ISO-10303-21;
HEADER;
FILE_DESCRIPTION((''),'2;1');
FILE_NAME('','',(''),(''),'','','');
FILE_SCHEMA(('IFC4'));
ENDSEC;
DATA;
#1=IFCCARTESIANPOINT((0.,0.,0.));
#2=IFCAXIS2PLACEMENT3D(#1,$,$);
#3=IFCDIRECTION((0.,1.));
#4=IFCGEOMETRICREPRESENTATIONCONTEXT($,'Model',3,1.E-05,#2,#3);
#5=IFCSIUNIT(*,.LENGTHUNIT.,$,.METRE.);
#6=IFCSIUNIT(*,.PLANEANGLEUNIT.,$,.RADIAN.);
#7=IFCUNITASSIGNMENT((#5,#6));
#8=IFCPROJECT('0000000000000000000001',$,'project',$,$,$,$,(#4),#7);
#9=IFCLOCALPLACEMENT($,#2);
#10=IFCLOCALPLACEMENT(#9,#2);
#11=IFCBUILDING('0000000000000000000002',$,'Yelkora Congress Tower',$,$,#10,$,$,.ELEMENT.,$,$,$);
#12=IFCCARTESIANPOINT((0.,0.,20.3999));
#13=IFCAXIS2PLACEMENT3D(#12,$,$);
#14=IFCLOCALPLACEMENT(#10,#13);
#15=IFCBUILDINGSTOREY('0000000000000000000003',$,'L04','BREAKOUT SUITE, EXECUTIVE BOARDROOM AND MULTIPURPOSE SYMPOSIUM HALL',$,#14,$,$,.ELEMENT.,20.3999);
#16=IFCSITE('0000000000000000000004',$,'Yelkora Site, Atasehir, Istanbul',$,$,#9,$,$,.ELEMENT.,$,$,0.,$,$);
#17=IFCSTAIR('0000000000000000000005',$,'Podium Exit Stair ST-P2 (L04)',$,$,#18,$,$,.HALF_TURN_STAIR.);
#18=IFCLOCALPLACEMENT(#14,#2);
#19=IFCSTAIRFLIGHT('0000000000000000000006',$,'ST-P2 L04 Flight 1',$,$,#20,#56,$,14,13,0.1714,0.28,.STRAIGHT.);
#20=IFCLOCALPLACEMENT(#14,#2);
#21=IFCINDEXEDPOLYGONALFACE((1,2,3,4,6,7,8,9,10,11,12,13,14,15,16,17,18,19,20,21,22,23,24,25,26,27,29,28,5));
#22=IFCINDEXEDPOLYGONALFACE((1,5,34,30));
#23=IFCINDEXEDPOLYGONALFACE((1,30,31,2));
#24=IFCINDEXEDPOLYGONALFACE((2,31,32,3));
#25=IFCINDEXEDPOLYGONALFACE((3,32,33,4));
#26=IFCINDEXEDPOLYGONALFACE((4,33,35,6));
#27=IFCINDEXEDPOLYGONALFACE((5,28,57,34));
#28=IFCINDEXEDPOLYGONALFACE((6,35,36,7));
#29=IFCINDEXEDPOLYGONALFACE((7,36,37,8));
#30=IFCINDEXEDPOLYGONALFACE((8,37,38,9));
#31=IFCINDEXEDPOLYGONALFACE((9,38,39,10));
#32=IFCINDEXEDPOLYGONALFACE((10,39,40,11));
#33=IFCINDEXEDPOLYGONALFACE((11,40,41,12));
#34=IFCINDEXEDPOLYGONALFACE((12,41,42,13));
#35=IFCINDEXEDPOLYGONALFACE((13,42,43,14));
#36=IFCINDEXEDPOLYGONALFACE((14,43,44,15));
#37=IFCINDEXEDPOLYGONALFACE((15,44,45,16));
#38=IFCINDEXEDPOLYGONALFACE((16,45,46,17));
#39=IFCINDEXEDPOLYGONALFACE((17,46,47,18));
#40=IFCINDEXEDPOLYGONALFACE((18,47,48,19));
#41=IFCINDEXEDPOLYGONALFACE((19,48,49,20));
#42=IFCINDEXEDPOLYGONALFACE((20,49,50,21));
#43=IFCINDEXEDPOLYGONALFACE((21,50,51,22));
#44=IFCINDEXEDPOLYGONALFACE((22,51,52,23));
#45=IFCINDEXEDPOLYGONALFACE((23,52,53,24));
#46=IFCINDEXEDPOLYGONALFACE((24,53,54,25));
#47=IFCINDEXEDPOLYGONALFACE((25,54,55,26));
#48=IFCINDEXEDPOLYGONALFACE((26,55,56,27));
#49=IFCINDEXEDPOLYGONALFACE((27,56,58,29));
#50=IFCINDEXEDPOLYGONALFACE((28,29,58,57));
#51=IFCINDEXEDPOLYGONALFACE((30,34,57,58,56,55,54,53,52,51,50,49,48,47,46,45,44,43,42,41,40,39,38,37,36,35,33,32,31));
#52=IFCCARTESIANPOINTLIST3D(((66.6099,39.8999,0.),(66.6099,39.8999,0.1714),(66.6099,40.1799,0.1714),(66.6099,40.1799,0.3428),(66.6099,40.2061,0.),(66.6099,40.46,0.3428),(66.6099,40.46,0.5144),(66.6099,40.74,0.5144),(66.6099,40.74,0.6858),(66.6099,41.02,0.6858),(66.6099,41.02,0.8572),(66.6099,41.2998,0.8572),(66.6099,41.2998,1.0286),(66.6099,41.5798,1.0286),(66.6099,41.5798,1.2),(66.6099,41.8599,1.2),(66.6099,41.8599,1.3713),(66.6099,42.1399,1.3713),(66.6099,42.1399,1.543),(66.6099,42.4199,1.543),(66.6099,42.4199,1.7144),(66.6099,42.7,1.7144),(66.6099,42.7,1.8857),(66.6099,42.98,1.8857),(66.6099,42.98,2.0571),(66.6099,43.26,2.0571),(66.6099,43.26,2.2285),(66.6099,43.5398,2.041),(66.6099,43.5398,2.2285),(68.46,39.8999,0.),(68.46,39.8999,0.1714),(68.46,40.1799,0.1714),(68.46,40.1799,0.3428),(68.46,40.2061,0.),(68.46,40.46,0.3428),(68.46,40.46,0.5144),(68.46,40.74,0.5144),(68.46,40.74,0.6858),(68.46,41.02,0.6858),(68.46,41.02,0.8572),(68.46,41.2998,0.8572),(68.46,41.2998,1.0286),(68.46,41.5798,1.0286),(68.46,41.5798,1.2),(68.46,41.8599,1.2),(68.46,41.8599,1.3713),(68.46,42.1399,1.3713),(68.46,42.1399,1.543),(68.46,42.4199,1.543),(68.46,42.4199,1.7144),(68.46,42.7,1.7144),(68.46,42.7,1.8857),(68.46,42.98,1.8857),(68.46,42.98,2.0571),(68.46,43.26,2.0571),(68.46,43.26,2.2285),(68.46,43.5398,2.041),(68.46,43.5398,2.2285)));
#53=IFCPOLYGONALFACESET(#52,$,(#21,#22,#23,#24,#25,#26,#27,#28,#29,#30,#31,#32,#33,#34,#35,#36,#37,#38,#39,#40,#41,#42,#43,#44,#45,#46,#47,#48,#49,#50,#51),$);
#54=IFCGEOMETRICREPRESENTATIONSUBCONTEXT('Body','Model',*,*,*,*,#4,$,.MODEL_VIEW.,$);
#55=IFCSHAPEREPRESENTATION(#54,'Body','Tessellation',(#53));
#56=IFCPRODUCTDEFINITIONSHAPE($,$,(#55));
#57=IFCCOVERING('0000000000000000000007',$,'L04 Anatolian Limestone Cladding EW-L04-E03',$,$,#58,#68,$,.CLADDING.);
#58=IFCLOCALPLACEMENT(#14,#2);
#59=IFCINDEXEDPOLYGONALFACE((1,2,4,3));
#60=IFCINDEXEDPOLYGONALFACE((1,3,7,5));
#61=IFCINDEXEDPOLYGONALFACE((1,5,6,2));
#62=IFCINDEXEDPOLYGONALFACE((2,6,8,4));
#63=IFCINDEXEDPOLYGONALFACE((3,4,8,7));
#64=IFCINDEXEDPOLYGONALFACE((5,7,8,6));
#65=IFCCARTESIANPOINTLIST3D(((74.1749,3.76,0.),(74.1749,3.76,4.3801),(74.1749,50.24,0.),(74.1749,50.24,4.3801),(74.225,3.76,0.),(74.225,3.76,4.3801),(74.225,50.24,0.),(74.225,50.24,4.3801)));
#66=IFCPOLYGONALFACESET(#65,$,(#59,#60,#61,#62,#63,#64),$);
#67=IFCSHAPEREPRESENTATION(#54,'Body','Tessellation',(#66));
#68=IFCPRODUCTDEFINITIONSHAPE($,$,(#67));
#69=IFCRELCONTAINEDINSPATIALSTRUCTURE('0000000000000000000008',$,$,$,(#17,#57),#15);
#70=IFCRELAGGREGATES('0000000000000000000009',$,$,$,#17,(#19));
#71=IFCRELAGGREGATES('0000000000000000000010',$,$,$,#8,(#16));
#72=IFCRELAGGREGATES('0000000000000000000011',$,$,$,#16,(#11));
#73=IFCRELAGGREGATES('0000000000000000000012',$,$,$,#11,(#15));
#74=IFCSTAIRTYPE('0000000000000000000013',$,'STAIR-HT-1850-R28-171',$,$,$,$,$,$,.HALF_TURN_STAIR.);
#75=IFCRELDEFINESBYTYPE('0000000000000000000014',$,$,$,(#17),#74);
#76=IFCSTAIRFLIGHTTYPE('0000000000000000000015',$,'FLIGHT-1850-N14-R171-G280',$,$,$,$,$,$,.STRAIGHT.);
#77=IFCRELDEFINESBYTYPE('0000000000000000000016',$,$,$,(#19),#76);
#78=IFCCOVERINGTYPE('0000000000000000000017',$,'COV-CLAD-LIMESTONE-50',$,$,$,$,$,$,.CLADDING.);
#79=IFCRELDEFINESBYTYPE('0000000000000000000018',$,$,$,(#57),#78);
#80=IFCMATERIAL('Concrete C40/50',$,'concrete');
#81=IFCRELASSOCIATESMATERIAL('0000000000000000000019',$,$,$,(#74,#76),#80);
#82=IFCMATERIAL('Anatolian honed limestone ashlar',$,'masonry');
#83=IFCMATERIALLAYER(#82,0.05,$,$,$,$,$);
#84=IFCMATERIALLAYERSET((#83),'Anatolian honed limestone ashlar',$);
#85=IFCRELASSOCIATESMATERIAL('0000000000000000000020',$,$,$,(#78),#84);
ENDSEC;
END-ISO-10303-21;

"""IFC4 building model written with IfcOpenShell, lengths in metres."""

from ifc_helpers import new_model, si_unit, direction, frame, frame_2d, origin, place, context, subcontext, project, spatial, polyline, rectangle, outline, extrude, material, layer, layer_set, type_object, element, aggregate, save


model = new_model("IFC4")

# Units and contexts
model_context = context("Model", 3, precision=1e-05, world=origin(), true_north=direction((0.0, 1.0)))
body_context = subcontext(model_context, "Body", "Model", "MODEL_VIEW")
ifc_project = project(units=[si_unit("LENGTHUNIT", "METRE"), si_unit("PLANEANGLEUNIT", "RADIAN")], contexts=[model_context])

# Site, building, storey
site_placement = place(None, origin())
site = spatial("IfcSite", under=ifc_project, at=site_placement, Name="Yelkora Site, Atasehir, Istanbul", CompositionType="ELEMENT", RefElevation=0.0)
building_placement = place(site_placement, origin())
building = spatial("IfcBuilding", under=site, at=building_placement, Name="Yelkora Congress Tower", CompositionType="ELEMENT")
storey_placement = place(building_placement, frame((0.0, 0.0, 20.3999)))
storey = spatial("IfcBuildingStorey", under=building, at=storey_placement, Name="L04", Description="BREAKOUT SUITE, EXECUTIVE BOARDROOM AND MULTIPURPOSE SYMPOSIUM HALL", CompositionType="ELEMENT", Elevation=20.3999)

# Shared definitions
ifc_material_1 = material(Name="Concrete C40/50", Category="concrete")

# Stair, stair flight
stair_type = type_object("IfcStairType", Name="STAIR-HT-1850-R28-171", PredefinedType="HALF_TURN_STAIR", material=ifc_material_1)
stair_placement = place(storey_placement, origin())
stair = element("IfcStair", 1, at=stair_placement, inside=storey, type_object=stair_type, Name="Podium Exit Stair ST-P2 (L04)", PredefinedType="HALF_TURN_STAIR")
stair_flight_type = type_object("IfcStairFlightType", Name="FLIGHT-1850-N14-R171-G280", PredefinedType="STRAIGHT", material=ifc_material_1)
stair_flight_placement = place(storey_placement, frame((67.5349, 39.8999, 0.0), z_axis=(0.0, 0.0, 1.0), x_axis=(0.0, 1.0, 0.0)))
stair_flight = element("IfcStairFlight", 2, at=stair_flight_placement, type_object=stair_flight_type, Name="ST-P2 L04 Flight 1", NumberOfRisers=14, NumberOfTreads=13, PredefinedType="STRAIGHT", RiserHeight=0.1714, TreadLength=0.28, context=body_context, shape_type="SweptSolid", body=[
    extrude(outline(polyline([(0.0, 0.0), (0.0, 0.1714), (0.28, 0.1714), (0.28, 0.3428), (0.5601, 0.3428), (0.5601, 0.5144), (0.8401, 0.5144), (0.8401, 0.6858), (1.1201, 0.6858), (1.1201, 0.8572), (1.3999, 0.8572), (1.3999, 1.0286), (1.6799, 1.0286), (1.6799, 1.2), (1.96, 1.2), (1.96, 1.3713), (2.24, 1.3713), (2.24, 1.543), (2.52, 1.543), (2.52, 1.7144), (2.8, 1.7144), (2.8, 1.8857), (3.0801, 1.8857), (3.0801, 2.0571), (3.3601, 2.0571), (3.3601, 2.2285), (3.6399, 2.2285), (3.6399, 2.3999), (3.6399, 2.041), (0.3062, 0.0), (0.0, 0.0)])), frame((0.0, 0.925, 0.0), z_axis=(0.0, -1.0, 0.0), x_axis=(1.0, 0.0, 0.0)), (0.0, 0.0, 1.0), 1.8501),
])
aggregate(stair, [stair_flight])

# Covering
ifc_material_2 = material(Name="Anatolian honed limestone ashlar", Category="masonry")
ifc_layer_1 = layer(ifc_material_2, 0.05)
ifc_layer_set_1 = layer_set([ifc_layer_1], Name="Anatolian honed limestone ashlar")
covering_type = type_object("IfcCoveringType", Name="COV-CLAD-LIMESTONE-50", PredefinedType="CLADDING", material=ifc_layer_set_1)
covering_placement = place(storey_placement, frame((74.2, 50.24, 0.0), z_axis=(0.0, 0.0, 1.0), x_axis=(0.0, -1.0, 0.0)))
element("IfcCovering", 3, at=covering_placement, inside=storey, type_object=covering_type, Name="L04 Anatolian Limestone Cladding EW-L04-E03", PredefinedType="CLADDING", context=body_context, shape_type="SweptSolid", body=[
    extrude(rectangle(XDim=46.48, YDim=0.05, at=frame_2d((23.24, 0.0))), origin(), (0.0, 0.0, 1.0), 4.3801),
])

save(model, "model.ifc")
